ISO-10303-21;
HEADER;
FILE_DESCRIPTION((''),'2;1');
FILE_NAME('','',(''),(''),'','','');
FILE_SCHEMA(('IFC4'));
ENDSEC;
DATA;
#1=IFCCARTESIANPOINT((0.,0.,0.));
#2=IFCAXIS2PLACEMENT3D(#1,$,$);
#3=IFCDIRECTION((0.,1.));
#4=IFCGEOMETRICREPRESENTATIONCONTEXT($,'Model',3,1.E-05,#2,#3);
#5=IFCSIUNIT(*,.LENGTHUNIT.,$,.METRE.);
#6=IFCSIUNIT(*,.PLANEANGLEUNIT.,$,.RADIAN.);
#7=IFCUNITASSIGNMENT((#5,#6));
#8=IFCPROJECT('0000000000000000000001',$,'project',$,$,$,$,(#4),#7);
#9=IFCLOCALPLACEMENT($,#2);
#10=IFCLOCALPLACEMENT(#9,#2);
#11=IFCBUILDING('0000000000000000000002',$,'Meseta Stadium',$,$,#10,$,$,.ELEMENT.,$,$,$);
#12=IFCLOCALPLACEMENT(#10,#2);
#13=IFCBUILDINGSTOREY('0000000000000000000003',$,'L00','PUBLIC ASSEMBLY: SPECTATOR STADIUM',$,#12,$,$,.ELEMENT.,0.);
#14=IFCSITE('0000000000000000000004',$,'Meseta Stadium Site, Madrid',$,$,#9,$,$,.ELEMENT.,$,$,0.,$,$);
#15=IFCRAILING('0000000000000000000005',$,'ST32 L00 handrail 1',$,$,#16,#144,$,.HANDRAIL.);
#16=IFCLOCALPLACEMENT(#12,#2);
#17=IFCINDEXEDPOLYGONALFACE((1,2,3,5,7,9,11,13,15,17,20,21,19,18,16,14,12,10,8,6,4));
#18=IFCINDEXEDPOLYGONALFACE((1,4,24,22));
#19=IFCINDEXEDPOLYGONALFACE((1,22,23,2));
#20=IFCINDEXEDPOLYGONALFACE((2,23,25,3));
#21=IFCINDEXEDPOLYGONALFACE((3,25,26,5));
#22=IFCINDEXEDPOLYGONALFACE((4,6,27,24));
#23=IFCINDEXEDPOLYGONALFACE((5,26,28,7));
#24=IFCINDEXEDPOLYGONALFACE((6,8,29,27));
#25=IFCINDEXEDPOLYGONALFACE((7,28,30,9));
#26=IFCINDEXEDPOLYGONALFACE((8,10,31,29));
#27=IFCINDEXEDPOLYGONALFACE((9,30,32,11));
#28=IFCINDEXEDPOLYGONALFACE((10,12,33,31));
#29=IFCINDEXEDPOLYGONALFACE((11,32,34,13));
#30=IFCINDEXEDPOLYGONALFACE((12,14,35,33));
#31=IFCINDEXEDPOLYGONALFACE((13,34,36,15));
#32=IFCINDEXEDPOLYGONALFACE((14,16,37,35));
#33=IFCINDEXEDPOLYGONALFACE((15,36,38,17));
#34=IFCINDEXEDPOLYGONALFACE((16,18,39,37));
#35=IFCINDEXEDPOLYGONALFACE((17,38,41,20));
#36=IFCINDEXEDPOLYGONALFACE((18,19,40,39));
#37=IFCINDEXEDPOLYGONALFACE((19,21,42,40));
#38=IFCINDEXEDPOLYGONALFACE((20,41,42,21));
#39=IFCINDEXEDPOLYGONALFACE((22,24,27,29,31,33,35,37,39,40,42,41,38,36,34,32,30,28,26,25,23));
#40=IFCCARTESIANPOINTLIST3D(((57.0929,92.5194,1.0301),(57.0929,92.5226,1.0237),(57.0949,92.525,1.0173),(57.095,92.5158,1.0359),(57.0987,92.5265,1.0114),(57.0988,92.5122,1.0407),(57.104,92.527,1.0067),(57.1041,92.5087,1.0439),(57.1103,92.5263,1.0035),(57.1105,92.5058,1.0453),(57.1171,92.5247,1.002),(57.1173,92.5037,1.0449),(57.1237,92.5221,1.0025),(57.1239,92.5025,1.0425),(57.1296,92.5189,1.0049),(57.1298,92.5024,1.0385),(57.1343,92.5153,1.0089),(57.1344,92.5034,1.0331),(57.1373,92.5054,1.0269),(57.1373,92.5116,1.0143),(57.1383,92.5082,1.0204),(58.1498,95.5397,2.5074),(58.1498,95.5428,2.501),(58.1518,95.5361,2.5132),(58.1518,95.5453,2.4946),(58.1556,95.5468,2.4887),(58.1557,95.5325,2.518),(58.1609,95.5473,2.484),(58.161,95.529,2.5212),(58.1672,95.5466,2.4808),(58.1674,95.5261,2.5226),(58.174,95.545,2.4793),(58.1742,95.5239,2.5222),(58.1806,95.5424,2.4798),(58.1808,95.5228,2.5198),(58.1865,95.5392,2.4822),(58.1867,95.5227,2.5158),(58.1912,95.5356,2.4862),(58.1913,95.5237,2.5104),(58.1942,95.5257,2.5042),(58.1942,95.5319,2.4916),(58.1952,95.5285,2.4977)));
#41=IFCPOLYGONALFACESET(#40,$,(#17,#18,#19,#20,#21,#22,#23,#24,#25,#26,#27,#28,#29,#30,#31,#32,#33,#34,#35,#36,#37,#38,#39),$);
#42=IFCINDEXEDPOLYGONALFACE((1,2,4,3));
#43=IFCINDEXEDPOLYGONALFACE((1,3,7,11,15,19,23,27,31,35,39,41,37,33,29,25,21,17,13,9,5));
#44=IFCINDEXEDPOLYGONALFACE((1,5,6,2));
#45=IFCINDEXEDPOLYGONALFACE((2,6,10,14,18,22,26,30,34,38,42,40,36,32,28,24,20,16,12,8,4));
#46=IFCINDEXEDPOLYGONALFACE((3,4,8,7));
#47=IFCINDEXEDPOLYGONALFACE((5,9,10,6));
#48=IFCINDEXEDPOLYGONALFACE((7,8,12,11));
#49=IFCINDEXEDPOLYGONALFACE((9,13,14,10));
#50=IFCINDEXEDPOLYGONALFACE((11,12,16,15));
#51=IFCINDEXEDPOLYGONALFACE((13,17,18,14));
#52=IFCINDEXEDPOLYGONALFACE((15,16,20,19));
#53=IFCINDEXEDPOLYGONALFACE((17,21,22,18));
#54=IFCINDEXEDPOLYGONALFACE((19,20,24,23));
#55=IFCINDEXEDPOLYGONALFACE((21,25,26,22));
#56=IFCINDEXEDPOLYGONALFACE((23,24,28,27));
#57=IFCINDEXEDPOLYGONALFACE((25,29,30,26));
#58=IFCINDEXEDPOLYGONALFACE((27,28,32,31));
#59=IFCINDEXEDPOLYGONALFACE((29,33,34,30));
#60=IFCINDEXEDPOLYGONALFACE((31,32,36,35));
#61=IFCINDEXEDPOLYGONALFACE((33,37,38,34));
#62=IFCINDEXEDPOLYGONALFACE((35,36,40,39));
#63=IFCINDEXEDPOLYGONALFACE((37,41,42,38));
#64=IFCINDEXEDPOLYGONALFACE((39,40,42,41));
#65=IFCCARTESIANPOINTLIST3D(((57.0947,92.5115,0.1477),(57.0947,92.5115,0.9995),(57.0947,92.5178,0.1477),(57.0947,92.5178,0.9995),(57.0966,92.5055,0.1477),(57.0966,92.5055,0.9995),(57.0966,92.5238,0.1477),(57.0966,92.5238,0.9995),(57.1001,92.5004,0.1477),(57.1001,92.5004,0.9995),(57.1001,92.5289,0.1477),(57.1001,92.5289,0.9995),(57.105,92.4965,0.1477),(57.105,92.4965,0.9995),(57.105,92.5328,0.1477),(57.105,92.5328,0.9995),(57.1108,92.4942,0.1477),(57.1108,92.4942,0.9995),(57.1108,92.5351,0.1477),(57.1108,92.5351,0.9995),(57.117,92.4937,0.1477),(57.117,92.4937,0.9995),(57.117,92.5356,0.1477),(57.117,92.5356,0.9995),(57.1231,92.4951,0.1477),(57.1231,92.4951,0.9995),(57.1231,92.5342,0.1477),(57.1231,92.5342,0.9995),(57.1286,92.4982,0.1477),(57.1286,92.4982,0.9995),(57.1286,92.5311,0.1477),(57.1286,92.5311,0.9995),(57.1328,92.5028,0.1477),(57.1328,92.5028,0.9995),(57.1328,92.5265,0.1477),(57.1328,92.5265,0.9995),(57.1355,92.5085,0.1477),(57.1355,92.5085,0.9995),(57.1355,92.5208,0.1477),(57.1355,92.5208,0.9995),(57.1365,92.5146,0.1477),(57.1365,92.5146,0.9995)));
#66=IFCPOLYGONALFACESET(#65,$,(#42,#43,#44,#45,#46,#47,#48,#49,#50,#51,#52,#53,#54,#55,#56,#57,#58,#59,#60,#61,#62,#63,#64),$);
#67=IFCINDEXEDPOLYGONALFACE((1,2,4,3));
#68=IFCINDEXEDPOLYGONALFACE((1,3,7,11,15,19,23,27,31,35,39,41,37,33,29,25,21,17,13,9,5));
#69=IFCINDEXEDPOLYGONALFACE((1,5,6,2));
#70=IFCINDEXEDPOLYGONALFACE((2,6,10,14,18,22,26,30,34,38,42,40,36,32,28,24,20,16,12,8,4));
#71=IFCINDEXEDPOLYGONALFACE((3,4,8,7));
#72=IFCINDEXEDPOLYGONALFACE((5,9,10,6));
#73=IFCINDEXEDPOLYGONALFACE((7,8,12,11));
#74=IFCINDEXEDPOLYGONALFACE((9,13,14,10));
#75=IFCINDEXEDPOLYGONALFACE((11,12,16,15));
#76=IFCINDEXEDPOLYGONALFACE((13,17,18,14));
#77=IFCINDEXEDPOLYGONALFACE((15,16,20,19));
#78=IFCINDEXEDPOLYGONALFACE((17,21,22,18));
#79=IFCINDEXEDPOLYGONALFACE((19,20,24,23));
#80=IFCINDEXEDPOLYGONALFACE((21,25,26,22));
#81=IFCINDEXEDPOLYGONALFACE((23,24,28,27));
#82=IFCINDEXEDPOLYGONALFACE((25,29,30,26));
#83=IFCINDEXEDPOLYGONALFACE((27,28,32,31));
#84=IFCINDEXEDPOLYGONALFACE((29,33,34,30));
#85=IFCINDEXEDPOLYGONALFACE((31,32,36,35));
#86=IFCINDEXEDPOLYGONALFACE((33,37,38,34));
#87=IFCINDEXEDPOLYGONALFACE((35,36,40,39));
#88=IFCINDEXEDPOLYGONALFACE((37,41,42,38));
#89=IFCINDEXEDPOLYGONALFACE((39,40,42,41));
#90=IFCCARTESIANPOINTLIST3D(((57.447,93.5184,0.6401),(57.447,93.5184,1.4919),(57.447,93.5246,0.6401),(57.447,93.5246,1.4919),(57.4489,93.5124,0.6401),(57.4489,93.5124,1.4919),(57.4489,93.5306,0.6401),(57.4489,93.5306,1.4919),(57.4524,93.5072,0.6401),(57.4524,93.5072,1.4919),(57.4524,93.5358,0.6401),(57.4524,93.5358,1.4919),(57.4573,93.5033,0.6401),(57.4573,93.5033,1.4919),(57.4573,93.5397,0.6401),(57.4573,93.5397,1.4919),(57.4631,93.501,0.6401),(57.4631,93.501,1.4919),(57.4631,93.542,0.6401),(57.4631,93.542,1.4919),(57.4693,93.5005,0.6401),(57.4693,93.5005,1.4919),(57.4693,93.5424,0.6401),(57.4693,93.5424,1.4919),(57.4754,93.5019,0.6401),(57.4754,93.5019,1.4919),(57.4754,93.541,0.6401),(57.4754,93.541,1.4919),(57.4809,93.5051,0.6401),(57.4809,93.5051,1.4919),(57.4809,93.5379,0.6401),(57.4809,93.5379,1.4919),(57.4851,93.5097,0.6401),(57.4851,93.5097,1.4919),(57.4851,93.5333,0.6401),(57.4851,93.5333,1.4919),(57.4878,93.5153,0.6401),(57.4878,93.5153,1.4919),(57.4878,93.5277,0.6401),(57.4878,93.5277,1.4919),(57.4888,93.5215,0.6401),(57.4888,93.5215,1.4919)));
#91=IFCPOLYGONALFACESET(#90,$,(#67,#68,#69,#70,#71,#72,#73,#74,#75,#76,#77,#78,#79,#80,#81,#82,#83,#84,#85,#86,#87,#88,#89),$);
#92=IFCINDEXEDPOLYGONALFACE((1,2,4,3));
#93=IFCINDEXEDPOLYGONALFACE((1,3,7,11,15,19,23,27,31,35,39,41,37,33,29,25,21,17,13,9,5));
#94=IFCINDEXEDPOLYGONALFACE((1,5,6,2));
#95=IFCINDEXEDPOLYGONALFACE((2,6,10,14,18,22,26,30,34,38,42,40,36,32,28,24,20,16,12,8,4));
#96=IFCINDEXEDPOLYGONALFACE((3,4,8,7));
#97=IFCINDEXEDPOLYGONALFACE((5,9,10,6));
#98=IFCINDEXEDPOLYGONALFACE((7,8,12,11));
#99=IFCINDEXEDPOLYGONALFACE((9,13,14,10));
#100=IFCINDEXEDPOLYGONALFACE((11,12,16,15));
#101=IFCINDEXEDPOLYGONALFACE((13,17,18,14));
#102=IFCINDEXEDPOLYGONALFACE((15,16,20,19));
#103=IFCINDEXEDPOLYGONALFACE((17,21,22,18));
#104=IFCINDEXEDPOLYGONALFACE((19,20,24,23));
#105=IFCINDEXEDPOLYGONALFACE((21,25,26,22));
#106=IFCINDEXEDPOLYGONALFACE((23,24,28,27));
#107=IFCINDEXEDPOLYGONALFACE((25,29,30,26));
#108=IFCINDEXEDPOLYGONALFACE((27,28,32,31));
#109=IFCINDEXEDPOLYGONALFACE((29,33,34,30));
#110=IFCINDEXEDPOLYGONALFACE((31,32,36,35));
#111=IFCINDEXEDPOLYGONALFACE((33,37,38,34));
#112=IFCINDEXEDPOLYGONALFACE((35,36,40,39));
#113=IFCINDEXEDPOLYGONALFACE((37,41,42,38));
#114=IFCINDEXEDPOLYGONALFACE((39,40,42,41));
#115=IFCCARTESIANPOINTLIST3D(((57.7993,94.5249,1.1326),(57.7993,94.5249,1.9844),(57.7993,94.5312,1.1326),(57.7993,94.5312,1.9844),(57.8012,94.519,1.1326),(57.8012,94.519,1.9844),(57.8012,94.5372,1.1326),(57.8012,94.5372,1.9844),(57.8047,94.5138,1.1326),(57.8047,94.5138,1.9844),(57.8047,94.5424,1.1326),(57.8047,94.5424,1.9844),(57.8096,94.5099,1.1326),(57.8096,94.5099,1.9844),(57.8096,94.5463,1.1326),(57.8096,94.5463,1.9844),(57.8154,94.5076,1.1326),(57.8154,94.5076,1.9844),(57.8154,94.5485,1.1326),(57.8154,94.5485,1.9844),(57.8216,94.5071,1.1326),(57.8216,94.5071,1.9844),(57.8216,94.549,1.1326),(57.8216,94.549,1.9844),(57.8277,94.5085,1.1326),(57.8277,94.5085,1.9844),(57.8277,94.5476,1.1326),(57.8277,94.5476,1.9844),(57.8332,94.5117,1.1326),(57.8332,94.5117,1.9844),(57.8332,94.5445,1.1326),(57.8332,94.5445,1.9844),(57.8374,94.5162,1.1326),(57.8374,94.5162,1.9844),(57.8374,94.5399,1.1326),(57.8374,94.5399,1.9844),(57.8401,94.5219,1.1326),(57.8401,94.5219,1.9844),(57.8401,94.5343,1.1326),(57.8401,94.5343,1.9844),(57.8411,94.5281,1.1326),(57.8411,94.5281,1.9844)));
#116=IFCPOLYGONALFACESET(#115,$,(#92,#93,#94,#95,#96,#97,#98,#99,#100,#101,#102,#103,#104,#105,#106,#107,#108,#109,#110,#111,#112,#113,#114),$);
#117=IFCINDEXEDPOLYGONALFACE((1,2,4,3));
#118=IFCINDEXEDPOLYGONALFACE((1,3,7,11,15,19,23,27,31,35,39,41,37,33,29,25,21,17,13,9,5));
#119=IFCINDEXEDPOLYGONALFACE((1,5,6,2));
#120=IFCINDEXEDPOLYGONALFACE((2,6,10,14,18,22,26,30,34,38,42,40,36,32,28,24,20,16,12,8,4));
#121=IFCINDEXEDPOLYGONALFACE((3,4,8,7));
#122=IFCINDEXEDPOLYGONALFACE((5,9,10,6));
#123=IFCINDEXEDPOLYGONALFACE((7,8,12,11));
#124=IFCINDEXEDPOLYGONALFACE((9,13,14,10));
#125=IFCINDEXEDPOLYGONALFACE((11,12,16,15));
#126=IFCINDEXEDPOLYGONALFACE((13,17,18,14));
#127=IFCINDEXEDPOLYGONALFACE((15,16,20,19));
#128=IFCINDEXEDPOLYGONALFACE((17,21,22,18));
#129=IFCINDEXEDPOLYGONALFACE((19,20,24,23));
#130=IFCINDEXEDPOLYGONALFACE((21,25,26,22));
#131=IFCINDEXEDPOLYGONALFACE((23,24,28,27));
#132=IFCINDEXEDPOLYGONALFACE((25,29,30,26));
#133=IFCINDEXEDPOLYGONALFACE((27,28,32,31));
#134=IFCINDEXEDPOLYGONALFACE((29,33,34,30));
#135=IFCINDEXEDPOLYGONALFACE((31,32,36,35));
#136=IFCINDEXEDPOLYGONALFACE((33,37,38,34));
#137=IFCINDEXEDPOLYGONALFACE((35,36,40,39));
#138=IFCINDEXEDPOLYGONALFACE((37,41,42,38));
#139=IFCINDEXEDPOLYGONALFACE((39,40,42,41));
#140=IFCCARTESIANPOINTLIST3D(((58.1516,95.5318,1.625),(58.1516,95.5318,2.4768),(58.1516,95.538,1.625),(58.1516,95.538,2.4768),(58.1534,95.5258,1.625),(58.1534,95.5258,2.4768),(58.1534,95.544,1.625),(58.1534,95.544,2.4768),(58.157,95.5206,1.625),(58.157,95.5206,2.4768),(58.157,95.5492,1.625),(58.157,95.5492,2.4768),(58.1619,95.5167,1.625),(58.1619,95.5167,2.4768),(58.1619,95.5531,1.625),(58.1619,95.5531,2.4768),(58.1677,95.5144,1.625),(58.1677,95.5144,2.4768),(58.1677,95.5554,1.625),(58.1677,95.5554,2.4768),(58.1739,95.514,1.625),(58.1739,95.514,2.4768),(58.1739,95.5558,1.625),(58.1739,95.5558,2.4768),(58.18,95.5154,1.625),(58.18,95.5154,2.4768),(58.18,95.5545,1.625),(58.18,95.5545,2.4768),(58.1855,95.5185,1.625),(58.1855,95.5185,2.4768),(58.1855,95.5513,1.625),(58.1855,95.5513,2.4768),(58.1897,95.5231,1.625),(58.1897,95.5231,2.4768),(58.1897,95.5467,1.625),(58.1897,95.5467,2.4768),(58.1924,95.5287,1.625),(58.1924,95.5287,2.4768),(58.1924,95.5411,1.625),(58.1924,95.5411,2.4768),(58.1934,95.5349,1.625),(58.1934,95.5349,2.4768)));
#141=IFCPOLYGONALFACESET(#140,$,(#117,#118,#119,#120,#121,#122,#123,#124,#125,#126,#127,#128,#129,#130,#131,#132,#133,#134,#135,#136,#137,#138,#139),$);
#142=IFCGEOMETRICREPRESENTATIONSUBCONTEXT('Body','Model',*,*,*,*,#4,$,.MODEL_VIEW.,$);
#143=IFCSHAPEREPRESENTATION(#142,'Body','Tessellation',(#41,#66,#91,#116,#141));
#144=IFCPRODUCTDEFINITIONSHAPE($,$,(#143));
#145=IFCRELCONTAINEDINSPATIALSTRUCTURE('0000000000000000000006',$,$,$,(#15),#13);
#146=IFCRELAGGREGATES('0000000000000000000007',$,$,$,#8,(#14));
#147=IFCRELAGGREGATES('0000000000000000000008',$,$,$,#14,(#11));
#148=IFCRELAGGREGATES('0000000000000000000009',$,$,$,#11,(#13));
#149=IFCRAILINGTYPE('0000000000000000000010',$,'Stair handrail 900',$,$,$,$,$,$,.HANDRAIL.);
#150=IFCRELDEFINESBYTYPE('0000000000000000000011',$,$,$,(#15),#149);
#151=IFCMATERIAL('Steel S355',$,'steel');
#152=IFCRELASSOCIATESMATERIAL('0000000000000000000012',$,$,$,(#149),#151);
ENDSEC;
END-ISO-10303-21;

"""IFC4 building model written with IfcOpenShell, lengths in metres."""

from ifc_helpers import new_model, si_unit, direction, frame, origin, origin_2d, place, context, subcontext, project, spatial, circle, extrude, material, type_object, element, save


model = new_model("IFC4")

# Units and contexts
model_context = context("Model", 3, precision=1e-05, world=origin(), true_north=direction((0.0, 1.0)))
body_context = subcontext(model_context, "Body", "Model", "MODEL_VIEW")
ifc_project = project(units=[si_unit("LENGTHUNIT", "METRE"), si_unit("PLANEANGLEUNIT", "RADIAN")], contexts=[model_context])

# Site, building, storey
site_placement = place(None, origin())
site = spatial("IfcSite", under=ifc_project, at=site_placement, Name="Meseta Stadium Site, Madrid", CompositionType="ELEMENT", RefElevation=0.0)
building_placement = place(site_placement, origin())
building = spatial("IfcBuilding", under=site, at=building_placement, Name="Meseta Stadium", CompositionType="ELEMENT")
storey_placement = place(building_placement, origin())
storey = spatial("IfcBuildingStorey", under=building, at=storey_placement, Name="L00", Description="PUBLIC ASSEMBLY: SPECTATOR STADIUM", CompositionType="ELEMENT", Elevation=0.0)

# Railing
ifc_material_1 = material(Name="Steel S355", Category="steel")
railing_type_1 = type_object("IfcRailingType", Name="Stair handrail 900", PredefinedType="HANDRAIL", material=ifc_material_1)
railing_1_placement = place(storey_placement, frame((57.1155, 92.5146, 0.1477)))
element("IfcRailing", 1, at=railing_1_placement, inside=storey, type_object=railing_type_1, Name="ST32 L00 handrail 1", PredefinedType="HANDRAIL", context=body_context, shape_type="SweptSolid", body=[
    extrude(circle(Radius=0.0239, at=origin_2d()), frame((0.0, 0.0, 0.876), z_axis=(0.299876, 0.856958, 0.419162), x_axis=(-0.943879, 0.330293, 0.0)), (0.0, 0.0, 1.0), 3.5244),
    extrude(circle(Radius=0.021, at=origin_2d()), origin(), (0.0, 0.0, 1.0), 0.8518),
    extrude(circle(Radius=0.021, at=origin_2d()), frame((0.3523, 1.0068, 0.4924)), (0.0, 0.0, 1.0), 0.8518),
    extrude(circle(Radius=0.021, at=origin_2d()), frame((0.7046, 2.0134, 0.9849)), (0.0, 0.0, 1.0), 0.8518),
    extrude(circle(Radius=0.021, at=origin_2d()), frame((1.0569, 3.0203, 1.4773)), (0.0, 0.0, 1.0), 0.8518),
])

save(model, "model.ifc")
